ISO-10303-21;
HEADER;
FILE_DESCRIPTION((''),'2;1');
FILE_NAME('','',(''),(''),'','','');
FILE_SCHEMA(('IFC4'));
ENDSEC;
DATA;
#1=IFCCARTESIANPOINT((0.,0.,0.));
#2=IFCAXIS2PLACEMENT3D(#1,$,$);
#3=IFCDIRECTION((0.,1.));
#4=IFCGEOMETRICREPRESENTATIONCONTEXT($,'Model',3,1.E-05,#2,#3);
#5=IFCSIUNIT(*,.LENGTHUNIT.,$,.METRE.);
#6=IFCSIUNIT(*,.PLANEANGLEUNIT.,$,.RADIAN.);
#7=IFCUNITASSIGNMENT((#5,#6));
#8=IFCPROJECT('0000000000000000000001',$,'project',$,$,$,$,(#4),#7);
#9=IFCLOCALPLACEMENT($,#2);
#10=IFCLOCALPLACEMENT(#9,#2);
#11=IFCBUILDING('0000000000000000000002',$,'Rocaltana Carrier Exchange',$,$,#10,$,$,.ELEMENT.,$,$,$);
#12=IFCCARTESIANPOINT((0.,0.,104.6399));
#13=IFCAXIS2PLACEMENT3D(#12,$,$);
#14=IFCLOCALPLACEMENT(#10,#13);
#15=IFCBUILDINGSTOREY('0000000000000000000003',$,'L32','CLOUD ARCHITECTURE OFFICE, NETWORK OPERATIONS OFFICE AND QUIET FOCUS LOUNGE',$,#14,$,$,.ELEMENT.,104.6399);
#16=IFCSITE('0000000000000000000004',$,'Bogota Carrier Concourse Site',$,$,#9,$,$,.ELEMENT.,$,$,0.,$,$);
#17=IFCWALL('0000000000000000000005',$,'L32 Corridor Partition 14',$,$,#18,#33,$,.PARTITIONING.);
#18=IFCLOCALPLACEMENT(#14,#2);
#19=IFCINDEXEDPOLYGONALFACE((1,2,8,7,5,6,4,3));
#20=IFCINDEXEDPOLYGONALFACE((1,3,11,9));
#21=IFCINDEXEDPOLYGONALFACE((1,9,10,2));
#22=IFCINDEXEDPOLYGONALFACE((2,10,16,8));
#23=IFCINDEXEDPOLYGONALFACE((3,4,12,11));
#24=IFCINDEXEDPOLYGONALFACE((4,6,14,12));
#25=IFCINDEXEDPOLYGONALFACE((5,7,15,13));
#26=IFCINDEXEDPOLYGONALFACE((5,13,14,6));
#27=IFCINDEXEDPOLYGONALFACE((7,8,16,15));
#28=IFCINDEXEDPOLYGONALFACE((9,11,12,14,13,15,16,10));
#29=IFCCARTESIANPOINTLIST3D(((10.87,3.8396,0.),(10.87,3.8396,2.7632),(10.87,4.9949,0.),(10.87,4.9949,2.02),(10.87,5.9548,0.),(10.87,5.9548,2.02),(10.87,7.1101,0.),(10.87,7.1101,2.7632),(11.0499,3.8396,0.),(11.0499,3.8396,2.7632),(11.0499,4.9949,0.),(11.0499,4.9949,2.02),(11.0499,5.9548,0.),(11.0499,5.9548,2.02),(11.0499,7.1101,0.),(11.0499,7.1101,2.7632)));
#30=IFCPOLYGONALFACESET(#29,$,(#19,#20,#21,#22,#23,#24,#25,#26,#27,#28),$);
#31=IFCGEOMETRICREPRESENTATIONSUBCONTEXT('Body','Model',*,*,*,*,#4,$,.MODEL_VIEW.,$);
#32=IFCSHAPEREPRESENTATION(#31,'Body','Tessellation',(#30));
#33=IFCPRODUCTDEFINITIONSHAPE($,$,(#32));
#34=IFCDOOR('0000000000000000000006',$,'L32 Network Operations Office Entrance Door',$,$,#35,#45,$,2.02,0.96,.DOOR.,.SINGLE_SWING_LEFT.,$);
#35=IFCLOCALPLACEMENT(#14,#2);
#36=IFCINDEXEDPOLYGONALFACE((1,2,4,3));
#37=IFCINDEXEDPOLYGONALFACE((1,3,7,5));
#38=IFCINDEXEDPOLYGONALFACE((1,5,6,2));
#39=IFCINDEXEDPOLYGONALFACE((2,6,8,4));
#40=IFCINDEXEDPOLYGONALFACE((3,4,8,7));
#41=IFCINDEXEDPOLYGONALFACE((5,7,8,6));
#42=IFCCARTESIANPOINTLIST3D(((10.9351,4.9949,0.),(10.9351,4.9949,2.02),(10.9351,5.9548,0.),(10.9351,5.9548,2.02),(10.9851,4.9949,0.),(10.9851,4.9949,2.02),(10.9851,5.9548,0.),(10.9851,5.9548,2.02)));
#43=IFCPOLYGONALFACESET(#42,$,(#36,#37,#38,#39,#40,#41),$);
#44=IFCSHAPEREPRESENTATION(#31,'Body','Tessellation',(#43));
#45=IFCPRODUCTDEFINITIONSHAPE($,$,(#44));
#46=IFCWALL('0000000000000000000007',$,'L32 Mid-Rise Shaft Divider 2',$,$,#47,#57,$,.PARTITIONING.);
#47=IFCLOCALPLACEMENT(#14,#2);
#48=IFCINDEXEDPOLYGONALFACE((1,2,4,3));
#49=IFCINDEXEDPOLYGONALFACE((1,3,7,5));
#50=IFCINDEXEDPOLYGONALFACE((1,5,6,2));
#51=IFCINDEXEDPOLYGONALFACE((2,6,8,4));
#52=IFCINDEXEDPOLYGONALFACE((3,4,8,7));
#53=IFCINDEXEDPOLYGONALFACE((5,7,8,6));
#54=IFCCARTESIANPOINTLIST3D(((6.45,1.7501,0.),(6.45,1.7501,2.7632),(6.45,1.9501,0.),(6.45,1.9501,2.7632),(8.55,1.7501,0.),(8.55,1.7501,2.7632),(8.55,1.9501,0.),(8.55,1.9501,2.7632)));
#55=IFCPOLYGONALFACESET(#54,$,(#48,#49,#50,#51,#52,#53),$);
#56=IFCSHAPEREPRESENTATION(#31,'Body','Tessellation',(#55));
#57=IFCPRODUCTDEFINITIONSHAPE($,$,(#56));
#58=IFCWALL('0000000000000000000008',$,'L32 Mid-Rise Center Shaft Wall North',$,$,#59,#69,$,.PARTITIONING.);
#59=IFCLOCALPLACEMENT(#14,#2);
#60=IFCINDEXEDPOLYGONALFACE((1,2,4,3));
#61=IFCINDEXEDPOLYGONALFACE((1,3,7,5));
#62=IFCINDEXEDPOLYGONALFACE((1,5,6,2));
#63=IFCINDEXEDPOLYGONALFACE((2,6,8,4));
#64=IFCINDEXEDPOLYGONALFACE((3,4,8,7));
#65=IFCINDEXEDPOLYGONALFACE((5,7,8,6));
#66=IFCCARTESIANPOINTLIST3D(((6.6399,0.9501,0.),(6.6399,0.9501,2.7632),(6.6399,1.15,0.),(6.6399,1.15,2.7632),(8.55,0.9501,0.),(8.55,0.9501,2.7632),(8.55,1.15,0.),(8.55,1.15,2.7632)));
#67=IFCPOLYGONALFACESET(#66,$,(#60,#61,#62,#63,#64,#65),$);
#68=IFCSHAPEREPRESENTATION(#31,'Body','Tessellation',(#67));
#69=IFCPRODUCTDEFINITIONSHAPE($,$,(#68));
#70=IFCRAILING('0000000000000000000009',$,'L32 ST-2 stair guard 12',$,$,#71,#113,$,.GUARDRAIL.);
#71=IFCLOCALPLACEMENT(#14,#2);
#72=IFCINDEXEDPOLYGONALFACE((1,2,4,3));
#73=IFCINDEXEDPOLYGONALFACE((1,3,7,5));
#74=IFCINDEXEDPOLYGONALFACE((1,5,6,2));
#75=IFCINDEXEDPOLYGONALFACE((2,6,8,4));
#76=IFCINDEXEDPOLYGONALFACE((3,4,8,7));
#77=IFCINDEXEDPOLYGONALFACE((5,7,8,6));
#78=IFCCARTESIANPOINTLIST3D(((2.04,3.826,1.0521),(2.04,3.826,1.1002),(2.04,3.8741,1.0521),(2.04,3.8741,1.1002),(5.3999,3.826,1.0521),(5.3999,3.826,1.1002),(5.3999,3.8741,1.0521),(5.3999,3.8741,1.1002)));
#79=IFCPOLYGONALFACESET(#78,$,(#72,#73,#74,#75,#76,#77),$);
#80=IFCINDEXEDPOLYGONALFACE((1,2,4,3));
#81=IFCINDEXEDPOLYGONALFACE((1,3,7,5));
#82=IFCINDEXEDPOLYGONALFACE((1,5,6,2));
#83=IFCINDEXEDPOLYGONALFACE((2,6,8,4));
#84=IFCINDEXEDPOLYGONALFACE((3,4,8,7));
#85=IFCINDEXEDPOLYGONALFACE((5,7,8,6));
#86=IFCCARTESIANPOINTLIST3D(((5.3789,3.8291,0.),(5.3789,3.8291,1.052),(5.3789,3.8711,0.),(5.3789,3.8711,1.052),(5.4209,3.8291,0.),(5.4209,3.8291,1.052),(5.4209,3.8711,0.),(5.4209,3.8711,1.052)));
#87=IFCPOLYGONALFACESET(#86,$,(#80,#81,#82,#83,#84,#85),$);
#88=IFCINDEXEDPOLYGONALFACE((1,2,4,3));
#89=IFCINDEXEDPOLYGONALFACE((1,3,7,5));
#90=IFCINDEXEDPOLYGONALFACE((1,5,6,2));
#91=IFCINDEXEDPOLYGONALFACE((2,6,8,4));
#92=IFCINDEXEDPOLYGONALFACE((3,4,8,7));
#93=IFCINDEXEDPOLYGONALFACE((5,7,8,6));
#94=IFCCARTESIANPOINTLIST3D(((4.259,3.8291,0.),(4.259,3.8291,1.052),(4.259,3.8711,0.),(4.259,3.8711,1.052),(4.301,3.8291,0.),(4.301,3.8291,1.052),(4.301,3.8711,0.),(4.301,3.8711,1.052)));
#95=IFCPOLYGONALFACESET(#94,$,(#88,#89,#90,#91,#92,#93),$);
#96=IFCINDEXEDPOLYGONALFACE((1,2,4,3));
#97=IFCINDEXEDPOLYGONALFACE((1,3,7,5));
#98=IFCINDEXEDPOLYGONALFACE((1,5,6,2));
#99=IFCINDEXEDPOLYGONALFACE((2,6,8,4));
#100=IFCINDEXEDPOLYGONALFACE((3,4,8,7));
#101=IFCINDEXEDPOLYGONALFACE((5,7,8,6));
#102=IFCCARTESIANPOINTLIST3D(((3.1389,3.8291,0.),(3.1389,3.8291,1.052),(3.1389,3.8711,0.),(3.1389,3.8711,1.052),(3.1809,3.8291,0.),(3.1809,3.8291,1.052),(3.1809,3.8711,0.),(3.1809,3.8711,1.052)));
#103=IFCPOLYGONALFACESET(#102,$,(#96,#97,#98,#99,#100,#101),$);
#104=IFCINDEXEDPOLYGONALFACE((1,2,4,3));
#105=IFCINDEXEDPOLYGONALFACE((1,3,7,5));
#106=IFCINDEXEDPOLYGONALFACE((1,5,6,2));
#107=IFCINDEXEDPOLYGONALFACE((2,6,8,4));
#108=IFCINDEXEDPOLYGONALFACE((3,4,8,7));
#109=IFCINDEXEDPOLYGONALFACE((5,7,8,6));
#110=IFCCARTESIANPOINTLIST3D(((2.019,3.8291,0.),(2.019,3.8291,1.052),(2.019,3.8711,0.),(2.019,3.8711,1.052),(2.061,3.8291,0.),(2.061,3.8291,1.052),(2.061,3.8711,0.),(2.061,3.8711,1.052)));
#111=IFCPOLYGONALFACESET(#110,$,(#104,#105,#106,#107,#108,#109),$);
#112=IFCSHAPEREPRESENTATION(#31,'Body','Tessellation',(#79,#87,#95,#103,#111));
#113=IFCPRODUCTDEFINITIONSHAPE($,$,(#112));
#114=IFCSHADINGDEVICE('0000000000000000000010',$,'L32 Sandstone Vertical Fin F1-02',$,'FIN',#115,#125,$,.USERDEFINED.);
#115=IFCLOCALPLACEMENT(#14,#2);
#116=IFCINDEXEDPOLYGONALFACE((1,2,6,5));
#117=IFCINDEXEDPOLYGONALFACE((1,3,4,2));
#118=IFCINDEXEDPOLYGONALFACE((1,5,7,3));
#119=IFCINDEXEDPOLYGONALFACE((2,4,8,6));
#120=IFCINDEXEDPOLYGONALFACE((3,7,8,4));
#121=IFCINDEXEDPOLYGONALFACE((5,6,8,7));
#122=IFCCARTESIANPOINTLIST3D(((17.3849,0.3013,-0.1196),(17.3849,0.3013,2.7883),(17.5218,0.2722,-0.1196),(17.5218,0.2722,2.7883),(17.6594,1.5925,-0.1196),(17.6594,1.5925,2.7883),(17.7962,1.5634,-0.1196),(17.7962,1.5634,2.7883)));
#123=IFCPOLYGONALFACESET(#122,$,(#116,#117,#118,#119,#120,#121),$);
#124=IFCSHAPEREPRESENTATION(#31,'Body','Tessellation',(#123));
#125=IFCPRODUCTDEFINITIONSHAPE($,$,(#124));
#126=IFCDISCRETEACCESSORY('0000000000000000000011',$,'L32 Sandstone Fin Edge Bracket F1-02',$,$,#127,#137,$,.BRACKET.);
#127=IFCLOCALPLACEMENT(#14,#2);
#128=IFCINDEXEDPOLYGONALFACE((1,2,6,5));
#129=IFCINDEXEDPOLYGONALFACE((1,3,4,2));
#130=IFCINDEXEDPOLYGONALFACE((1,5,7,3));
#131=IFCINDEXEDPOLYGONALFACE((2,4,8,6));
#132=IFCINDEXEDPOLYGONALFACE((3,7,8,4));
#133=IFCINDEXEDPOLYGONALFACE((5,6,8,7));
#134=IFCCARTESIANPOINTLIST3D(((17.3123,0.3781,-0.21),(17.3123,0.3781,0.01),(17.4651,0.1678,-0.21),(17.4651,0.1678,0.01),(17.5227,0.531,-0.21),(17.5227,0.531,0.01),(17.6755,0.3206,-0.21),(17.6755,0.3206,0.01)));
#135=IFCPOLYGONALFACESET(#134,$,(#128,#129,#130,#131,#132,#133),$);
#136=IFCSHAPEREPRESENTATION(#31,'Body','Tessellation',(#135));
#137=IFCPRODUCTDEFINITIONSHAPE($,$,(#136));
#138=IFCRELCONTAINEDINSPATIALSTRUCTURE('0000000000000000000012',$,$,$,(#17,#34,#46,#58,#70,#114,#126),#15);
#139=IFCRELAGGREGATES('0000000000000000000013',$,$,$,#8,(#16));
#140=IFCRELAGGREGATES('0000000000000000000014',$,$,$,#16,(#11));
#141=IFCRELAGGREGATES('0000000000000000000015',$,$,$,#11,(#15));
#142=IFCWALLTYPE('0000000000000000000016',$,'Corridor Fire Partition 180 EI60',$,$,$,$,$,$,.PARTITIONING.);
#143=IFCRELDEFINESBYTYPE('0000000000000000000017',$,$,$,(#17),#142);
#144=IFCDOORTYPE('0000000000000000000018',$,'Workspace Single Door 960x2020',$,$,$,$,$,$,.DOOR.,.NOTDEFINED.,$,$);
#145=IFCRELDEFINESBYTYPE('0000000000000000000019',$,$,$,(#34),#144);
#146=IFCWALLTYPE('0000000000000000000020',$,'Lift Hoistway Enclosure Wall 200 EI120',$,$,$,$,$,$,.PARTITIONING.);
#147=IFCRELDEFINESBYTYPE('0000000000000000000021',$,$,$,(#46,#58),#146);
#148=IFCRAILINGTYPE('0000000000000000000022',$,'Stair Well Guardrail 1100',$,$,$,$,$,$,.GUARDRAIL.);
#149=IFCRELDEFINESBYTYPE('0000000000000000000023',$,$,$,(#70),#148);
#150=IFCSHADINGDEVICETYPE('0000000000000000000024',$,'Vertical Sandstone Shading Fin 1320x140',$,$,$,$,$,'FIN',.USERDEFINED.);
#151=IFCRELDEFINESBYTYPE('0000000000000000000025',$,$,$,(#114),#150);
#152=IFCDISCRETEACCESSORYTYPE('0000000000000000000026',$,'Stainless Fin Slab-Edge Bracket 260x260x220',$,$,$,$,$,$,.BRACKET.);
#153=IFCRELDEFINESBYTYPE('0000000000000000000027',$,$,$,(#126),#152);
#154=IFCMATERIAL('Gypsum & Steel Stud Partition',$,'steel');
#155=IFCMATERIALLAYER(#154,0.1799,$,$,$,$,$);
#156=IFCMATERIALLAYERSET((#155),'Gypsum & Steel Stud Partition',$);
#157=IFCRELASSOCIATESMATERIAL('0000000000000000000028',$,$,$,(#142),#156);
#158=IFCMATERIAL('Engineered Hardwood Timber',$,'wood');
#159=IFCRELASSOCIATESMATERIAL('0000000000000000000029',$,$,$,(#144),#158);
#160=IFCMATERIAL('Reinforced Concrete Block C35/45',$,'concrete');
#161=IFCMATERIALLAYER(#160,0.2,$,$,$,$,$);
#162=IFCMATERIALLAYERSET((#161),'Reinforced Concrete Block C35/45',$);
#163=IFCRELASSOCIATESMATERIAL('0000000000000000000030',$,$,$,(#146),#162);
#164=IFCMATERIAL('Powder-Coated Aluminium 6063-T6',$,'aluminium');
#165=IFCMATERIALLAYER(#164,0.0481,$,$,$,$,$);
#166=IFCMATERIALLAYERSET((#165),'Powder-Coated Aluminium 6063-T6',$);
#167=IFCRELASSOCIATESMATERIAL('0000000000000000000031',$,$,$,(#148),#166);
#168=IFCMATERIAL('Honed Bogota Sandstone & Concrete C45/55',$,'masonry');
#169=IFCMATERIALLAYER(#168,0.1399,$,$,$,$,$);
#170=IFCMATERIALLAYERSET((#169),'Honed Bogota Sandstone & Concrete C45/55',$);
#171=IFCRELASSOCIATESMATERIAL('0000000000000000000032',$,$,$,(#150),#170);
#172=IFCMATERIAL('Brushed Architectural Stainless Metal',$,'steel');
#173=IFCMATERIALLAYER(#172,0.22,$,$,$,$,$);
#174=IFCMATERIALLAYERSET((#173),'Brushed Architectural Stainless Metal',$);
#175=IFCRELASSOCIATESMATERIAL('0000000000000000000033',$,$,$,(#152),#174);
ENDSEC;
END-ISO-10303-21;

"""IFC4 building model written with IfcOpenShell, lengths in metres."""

from ifc_helpers import new_model, si_unit, direction, frame, frame_2d, origin, origin_2d, place, context, subcontext, project, spatial, rectangle, extrude, material, layer, layer_set, type_object, element, fill, save


model = new_model("IFC4")

# Units and contexts
model_context = context("Model", 3, precision=1e-05, world=origin(), true_north=direction((0.0, 1.0)))
body_context = subcontext(model_context, "Body", "Model", "MODEL_VIEW")
ifc_project = project(units=[si_unit("LENGTHUNIT", "METRE"), si_unit("PLANEANGLEUNIT", "RADIAN")], contexts=[model_context])

# Site, building, storey
site_placement = place(None, origin())
site = spatial("IfcSite", under=ifc_project, at=site_placement, Name="Bogota Carrier Concourse Site", CompositionType="ELEMENT", RefElevation=0.0)
building_placement = place(site_placement, origin())
building = spatial("IfcBuilding", under=site, at=building_placement, Name="Rocaltana Carrier Exchange", CompositionType="ELEMENT")
storey_placement = place(building_placement, frame((0.0, 0.0, 104.6399)))
storey = spatial("IfcBuildingStorey", under=building, at=storey_placement, Name="L32", Description="CLOUD ARCHITECTURE OFFICE, NETWORK OPERATIONS OFFICE AND QUIET FOCUS LOUNGE", CompositionType="ELEMENT", Elevation=104.6399)

# Wall, opening, door
ifc_material_1 = material(Name="Gypsum & Steel Stud Partition", Category="steel")
ifc_layer_1 = layer(ifc_material_1, 0.1799)
ifc_layer_set_1 = layer_set([ifc_layer_1], Name="Gypsum & Steel Stud Partition")
wall_type_1 = type_object("IfcWallType", Name="Corridor Fire Partition 180 EI60", PredefinedType="PARTITIONING", material=ifc_layer_set_1)
ifc_material_2 = material(Name="Engineered Hardwood Timber", Category="wood")
door_type = type_object("IfcDoorType", Name="Workspace Single Door 960x2020", OperationType="NOTDEFINED", PredefinedType="DOOR", material=ifc_material_2)
wall_1_placement = place(storey_placement, frame((10.96, 3.8396, 0.0), z_axis=(0.0, 0.0, 1.0), x_axis=(0.0, 1.0, 0.0)))
wall_1 = element("IfcWall", 1, at=wall_1_placement, inside=storey, type_object=wall_type_1, Name="L32 Corridor Partition 14", PredefinedType="PARTITIONING", context=body_context, shape_type="SweptSolid", body=[
    extrude(rectangle(XDim=3.2705, YDim=0.1799, at=frame_2d((1.6353, 0.0))), origin(), (0.0, 0.0, 1.0), 2.7632),
])
opening_1_placement = place(wall_1_placement, frame((1.1553, 0.0, 0.0)))
opening_1 = element("IfcOpeningElement", 2, at=opening_1_placement, cuts=wall_1, PredefinedType="OPENING", context=body_context, shape_type="SweptSolid", body=[
    extrude(rectangle(XDim=0.96, YDim=2.02, at=frame_2d((0.48, 1.01))), frame((0.0, 0.0999, 0.0), z_axis=(0.0, -1.0, 0.0), x_axis=(1.0, 0.0, 0.0)), (0.0, 0.0, 1.0), 0.2),
])
door_1_placement = place(opening_1_placement, origin())
door_1 = element("IfcDoor", 3, at=door_1_placement, inside=storey, type_object=door_type, Name="L32 Network Operations Office Entrance Door", OperationType="SINGLE_SWING_LEFT", OverallHeight=2.02, OverallWidth=0.96, PredefinedType="DOOR", context=body_context, shape_type="SweptSolid", body=[
    extrude(rectangle(XDim=0.96, YDim=2.02, at=frame_2d((0.48, 1.01))), frame((0.0, 0.0249, 0.0), z_axis=(0.0, -1.0, 0.0), x_axis=(1.0, 0.0, 0.0)), (0.0, 0.0, 1.0), 0.05),
])
fill(opening_1, door_1)

# Walls
ifc_material_3 = material(Name="Reinforced Concrete Block C35/45", Category="concrete")
ifc_layer_2 = layer(ifc_material_3, 0.2)
ifc_layer_set_2 = layer_set([ifc_layer_2], Name="Reinforced Concrete Block C35/45")
wall_type_2 = type_object("IfcWallType", Name="Lift Hoistway Enclosure Wall 200 EI120", PredefinedType="PARTITIONING", material=ifc_layer_set_2)
wall_2_placement = place(storey_placement, frame((6.45, 1.8501, 0.0), z_axis=(0.0, 0.0, 1.0), x_axis=(1.0, 0.0, 0.0)))
element("IfcWall", 4, at=wall_2_placement, inside=storey, type_object=wall_type_2, Name="L32 Mid-Rise Shaft Divider 2", PredefinedType="PARTITIONING", context=body_context, shape_type="SweptSolid", body=[
    extrude(rectangle(XDim=2.1001, YDim=0.2, at=frame_2d((1.05, 0.0))), origin(), (0.0, 0.0, 1.0), 2.7632),
])
wall_3_placement = place(storey_placement, frame((6.6399, 1.05, 0.0), z_axis=(0.0, 0.0, 1.0), x_axis=(1.0, 0.0, 0.0)))
element("IfcWall", 5, at=wall_3_placement, inside=storey, type_object=wall_type_2, Name="L32 Mid-Rise Center Shaft Wall North", PredefinedType="PARTITIONING", context=body_context, shape_type="SweptSolid", body=[
    extrude(rectangle(XDim=1.9102, YDim=0.2, at=frame_2d((0.9551, 0.0))), origin(), (0.0, 0.0, 1.0), 2.7632),
])

# Railing
ifc_material_4 = material(Name="Powder-Coated Aluminium 6063-T6", Category="aluminium")
ifc_layer_3 = layer(ifc_material_4, 0.0481)
ifc_layer_set_3 = layer_set([ifc_layer_3], Name="Powder-Coated Aluminium 6063-T6")
railing_type = type_object("IfcRailingType", Name="Stair Well Guardrail 1100", PredefinedType="GUARDRAIL", material=ifc_layer_set_3)
railing_placement = place(storey_placement, frame((5.3999, 3.8501, 0.0)))
element("IfcRailing", 6, at=railing_placement, inside=storey, type_object=railing_type, Name="L32 ST-2 stair guard 12", PredefinedType="GUARDRAIL", context=body_context, shape_type="SweptSolid", body=[
    extrude(rectangle(XDim=0.0481, YDim=0.0481, at=origin_2d()), frame((0.0, 0.0, 1.0762), z_axis=(-1.0, 0.0, 0.0), x_axis=(0.0, -1.0, 0.0)), (0.0, 0.0, 1.0), 3.3599),
    extrude(rectangle(XDim=0.042, YDim=0.042, at=origin_2d()), origin(), (0.0, 0.0, 1.0), 1.052),
    extrude(rectangle(XDim=0.042, YDim=0.042, at=origin_2d()), frame((-1.1199, 0.0, 0.0)), (0.0, 0.0, 1.0), 1.052),
    extrude(rectangle(XDim=0.042, YDim=0.042, at=origin_2d()), frame((-2.24, 0.0, 0.0)), (0.0, 0.0, 1.0), 1.052),
    extrude(rectangle(XDim=0.042, YDim=0.042, at=origin_2d()), frame((-3.3599, 0.0, 0.0)), (0.0, 0.0, 1.0), 1.052),
])

# Shading device
ifc_material_5 = material(Name="Honed Bogota Sandstone & Concrete C45/55", Category="masonry")
ifc_layer_4 = layer(ifc_material_5, 0.1399)
ifc_layer_set_4 = layer_set([ifc_layer_4], Name="Honed Bogota Sandstone & Concrete C45/55")
shading_device_type = type_object("IfcShadingDeviceType", Name="Vertical Sandstone Shading Fin 1320x140", ElementType="FIN", PredefinedType="USERDEFINED", material=ifc_layer_set_4)
shading_device_placement = place(storey_placement, frame((17.5906, 0.9324, -0.1196), z_axis=(0.0, 0.0, 1.0), x_axis=(0.207912, 0.978148, 0.0)))
element("IfcShadingDevice", 7, at=shading_device_placement, inside=storey, type_object=shading_device_type, Name="L32 Sandstone Vertical Fin F1-02", ObjectType="FIN", PredefinedType="USERDEFINED", context=body_context, shape_type="SweptSolid", body=[
    extrude(rectangle(XDim=1.3201, YDim=0.1399, at=origin_2d()), origin(), (0.0, 0.0, 1.0), 2.908),
])

# Discrete accessory
ifc_material_6 = material(Name="Brushed Architectural Stainless Metal", Category="steel")
ifc_layer_5 = layer(ifc_material_6, 0.22)
ifc_layer_set_5 = layer_set([ifc_layer_5], Name="Brushed Architectural Stainless Metal")
discrete_accessory_type = type_object("IfcDiscreteAccessoryType", Name="Stainless Fin Slab-Edge Bracket 260x260x220", PredefinedType="BRACKET", material=ifc_layer_set_5)
discrete_accessory_placement = place(storey_placement, frame((17.4939, 0.3494, -0.21), z_axis=(0.0, 0.0, 1.0), x_axis=(-0.587785, 0.809017, 0.0)))
element("IfcDiscreteAccessory", 8, at=discrete_accessory_placement, inside=storey, type_object=discrete_accessory_type, Name="L32 Sandstone Fin Edge Bracket F1-02", PredefinedType="BRACKET", context=body_context, shape_type="SweptSolid", body=[
    extrude(rectangle(XDim=0.26, YDim=0.26, at=origin_2d()), origin(), (0.0, 0.0, 1.0), 0.22),
])

save(model, "model.ifc")
